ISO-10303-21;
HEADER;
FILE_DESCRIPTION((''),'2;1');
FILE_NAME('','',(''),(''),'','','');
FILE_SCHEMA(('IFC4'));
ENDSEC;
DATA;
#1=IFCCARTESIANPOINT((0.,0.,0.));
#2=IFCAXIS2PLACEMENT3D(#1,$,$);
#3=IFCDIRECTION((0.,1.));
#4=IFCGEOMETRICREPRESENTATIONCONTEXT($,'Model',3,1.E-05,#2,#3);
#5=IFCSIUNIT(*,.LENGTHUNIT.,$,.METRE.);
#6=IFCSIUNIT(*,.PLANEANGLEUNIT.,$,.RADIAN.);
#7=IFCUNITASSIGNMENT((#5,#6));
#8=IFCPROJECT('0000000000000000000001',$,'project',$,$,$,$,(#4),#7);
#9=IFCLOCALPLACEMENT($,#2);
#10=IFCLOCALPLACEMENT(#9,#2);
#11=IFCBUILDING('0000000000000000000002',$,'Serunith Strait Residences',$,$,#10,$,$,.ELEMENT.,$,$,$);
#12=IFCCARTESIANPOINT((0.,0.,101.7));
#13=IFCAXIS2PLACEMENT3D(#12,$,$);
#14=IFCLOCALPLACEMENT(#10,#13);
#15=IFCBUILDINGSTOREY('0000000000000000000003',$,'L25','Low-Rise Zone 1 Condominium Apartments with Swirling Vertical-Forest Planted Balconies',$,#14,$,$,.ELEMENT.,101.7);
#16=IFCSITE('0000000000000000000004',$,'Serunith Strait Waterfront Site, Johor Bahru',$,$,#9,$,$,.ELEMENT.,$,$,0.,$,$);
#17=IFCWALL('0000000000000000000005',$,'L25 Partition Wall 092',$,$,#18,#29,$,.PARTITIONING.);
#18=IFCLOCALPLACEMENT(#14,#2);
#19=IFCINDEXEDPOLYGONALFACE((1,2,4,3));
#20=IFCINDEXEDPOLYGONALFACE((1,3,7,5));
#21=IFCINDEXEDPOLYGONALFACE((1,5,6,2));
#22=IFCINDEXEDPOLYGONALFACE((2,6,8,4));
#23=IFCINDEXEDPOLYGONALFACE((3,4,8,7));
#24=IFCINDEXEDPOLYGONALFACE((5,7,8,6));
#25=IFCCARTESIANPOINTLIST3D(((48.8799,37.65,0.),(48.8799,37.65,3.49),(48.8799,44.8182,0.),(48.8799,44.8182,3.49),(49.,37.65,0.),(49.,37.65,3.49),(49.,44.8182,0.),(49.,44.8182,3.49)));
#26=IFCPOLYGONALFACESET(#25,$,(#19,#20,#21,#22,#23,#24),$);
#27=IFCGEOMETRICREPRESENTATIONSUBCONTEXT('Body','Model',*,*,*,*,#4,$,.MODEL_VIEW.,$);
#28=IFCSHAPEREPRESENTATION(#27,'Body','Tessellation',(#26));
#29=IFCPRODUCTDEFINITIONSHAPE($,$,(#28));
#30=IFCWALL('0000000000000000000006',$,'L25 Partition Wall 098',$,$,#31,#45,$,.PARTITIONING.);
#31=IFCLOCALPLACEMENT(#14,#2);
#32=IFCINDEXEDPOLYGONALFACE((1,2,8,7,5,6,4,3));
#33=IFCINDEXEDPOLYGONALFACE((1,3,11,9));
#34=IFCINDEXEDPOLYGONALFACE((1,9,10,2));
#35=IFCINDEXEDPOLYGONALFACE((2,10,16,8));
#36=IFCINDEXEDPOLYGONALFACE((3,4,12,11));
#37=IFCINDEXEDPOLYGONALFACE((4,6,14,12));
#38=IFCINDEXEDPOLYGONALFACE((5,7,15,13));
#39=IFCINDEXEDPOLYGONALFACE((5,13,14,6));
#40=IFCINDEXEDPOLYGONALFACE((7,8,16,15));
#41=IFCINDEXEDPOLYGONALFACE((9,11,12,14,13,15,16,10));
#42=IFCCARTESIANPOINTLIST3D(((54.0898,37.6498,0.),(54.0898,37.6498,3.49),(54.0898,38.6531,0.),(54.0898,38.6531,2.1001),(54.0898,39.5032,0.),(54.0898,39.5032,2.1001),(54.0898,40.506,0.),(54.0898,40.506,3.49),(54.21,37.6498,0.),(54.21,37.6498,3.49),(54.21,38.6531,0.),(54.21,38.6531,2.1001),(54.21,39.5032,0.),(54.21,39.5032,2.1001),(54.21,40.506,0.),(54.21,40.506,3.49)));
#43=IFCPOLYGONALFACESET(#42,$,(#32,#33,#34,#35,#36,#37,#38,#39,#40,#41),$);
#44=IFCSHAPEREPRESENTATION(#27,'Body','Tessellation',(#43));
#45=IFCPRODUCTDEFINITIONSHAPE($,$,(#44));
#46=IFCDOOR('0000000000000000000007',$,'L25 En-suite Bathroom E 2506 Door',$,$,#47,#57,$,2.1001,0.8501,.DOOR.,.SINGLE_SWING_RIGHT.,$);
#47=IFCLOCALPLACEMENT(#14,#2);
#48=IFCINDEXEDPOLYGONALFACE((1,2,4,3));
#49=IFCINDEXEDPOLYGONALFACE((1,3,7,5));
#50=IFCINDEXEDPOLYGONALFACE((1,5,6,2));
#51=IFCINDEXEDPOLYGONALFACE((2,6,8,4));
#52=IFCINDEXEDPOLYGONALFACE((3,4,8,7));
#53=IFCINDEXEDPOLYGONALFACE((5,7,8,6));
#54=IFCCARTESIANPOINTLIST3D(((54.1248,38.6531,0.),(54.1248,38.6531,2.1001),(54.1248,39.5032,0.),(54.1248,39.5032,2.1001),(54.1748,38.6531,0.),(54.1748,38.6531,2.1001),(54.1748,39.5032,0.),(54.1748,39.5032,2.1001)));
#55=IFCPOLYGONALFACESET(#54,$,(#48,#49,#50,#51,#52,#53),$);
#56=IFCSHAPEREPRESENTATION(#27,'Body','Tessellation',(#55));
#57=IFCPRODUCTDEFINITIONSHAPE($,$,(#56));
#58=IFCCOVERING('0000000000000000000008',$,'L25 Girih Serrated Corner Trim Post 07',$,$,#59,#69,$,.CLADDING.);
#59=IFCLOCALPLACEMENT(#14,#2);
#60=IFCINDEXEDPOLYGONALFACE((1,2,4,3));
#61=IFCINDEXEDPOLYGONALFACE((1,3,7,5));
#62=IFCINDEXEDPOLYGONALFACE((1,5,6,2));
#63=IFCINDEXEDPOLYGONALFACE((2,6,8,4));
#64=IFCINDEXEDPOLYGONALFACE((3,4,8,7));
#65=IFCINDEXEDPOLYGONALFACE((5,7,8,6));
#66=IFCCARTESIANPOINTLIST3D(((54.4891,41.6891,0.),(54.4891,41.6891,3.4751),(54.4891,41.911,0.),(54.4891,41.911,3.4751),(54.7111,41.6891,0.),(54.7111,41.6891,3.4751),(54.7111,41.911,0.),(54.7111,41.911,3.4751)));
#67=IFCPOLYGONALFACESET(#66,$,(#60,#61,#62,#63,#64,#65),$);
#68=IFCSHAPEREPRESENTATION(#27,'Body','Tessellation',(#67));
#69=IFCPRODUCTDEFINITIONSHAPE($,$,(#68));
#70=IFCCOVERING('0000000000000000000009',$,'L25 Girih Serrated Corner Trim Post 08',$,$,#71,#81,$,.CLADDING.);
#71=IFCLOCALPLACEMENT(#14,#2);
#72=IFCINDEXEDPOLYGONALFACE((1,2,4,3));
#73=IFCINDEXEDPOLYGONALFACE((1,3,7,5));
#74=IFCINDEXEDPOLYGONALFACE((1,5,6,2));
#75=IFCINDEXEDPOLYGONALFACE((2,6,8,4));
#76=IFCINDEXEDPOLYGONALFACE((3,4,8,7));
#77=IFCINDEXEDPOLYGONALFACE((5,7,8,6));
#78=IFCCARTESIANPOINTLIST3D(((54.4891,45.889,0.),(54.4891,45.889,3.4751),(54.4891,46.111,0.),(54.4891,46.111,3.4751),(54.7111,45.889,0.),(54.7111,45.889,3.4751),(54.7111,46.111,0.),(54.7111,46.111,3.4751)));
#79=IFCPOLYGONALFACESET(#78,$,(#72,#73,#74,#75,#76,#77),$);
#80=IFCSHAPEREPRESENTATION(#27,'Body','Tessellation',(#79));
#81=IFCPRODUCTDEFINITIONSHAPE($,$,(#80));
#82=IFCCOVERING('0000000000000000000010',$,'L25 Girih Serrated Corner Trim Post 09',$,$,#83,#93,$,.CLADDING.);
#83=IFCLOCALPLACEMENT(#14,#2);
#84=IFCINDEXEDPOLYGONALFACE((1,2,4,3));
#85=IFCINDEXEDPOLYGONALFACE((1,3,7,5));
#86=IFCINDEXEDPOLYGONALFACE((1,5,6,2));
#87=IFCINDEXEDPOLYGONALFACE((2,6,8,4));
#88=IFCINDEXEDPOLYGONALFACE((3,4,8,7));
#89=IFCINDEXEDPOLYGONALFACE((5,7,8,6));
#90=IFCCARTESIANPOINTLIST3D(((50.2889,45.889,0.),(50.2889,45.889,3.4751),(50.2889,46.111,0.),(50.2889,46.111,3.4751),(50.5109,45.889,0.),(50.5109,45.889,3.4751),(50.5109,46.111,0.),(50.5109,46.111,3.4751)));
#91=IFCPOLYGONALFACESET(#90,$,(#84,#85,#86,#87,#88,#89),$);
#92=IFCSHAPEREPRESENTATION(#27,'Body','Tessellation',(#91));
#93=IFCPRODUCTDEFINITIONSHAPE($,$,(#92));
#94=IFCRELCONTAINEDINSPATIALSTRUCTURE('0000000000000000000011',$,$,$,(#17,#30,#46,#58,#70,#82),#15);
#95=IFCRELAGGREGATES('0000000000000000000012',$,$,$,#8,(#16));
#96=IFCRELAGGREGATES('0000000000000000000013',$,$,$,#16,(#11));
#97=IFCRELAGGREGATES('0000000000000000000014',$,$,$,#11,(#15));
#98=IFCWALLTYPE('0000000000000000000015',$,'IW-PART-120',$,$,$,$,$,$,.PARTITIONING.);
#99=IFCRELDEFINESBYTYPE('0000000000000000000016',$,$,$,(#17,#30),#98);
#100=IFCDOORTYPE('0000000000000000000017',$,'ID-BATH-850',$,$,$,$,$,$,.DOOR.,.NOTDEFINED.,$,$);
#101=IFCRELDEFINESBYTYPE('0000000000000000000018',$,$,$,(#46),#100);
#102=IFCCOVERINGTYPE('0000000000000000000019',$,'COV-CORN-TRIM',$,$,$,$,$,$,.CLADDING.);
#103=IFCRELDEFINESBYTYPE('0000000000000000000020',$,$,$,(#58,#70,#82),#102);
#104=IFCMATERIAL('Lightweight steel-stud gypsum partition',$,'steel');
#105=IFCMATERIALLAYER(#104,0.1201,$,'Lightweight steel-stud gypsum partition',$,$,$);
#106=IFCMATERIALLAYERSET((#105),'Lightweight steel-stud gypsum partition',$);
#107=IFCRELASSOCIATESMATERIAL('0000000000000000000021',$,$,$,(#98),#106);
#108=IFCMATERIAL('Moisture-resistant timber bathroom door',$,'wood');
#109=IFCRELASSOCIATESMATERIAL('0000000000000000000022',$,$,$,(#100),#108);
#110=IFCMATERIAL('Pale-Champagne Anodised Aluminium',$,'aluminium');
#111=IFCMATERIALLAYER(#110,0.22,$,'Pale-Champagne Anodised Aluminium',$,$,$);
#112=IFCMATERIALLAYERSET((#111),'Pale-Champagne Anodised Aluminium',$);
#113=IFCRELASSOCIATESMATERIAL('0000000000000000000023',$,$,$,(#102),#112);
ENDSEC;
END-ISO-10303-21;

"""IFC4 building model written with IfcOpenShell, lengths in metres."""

from ifc_helpers import new_model, si_unit, direction, frame, frame_2d, origin, origin_2d, place, context, subcontext, project, spatial, rectangle, extrude, source, transform, mapped, material, layer, layer_set, type_object, element, fill, save


model = new_model("IFC4")

# Units and contexts
model_context = context("Model", 3, precision=1e-05, world=origin(), true_north=direction((0.0, 1.0)))
body_context = subcontext(model_context, "Body", "Model", "MODEL_VIEW")
ifc_project = project(units=[si_unit("LENGTHUNIT", "METRE"), si_unit("PLANEANGLEUNIT", "RADIAN")], contexts=[model_context])

# Site, building, storey
site_placement = place(None, origin())
site = spatial("IfcSite", under=ifc_project, at=site_placement, Name="Serunith Strait Waterfront Site, Johor Bahru", CompositionType="ELEMENT", RefElevation=0.0)
building_placement = place(site_placement, origin())
building = spatial("IfcBuilding", under=site, at=building_placement, Name="Serunith Strait Residences", CompositionType="ELEMENT")
storey_placement = place(building_placement, frame((0.0, 0.0, 101.7)))
storey = spatial("IfcBuildingStorey", under=building, at=storey_placement, Name="L25", Description="Low-Rise Zone 1 Condominium Apartments with Swirling Vertical-Forest Planted Balconies", CompositionType="ELEMENT", Elevation=101.7)

# Shared definitions
ifc_material_1 = material(Name="Pale-Champagne Anodised Aluminium", Category="aluminium")

# Shared definitions
ifc_material_2 = material(Name="Lightweight steel-stud gypsum partition", Category="steel")
ifc_layer_1 = layer(ifc_material_2, 0.1201, Name="Lightweight steel-stud gypsum partition")
ifc_layer_set_1 = layer_set([ifc_layer_1], Name="Lightweight steel-stud gypsum partition")
wall_type_1 = type_object("IfcWallType", Name="IW-PART-120", PredefinedType="PARTITIONING", material=ifc_layer_set_1)

# Wall
wall_1_placement = place(storey_placement, frame((48.9399, 44.8181, 0.0), z_axis=(0.0, 0.0, 1.0), x_axis=(0.0, -1.0, 0.0)))
element("IfcWall", 1, at=wall_1_placement, inside=storey, type_object=wall_type_1, Name="L25 Partition Wall 092", PredefinedType="PARTITIONING", context=body_context, shape_type="SweptSolid", body=[
    extrude(rectangle(XDim=7.1682, YDim=0.1201, at=frame_2d((3.584, 0.0))), origin(), (0.0, 0.0, 1.0), 3.49),
])

# Wall, opening, door
wall_2_placement = place(storey_placement, frame((54.1499, 40.5061, 0.0), z_axis=(0.0, 0.0, 1.0), x_axis=(0.0, -1.0, 0.0)))
wall_2 = element("IfcWall", 2, at=wall_2_placement, inside=storey, type_object=wall_type_1, Name="L25 Partition Wall 098", PredefinedType="PARTITIONING", context=body_context, shape_type="SweptSolid", body=[
    extrude(rectangle(XDim=2.8562, YDim=0.1201, at=frame_2d((1.4282, 0.0))), origin(), (0.0, 0.0, 1.0), 3.49),
])
opening_1_placement = place(wall_2_placement, frame((1.0029, 0.0, 0.0)))
opening_1 = element("IfcOpeningElement", 3, at=opening_1_placement, cuts=wall_2, PredefinedType="OPENING", context=body_context, shape_type="SweptSolid", body=[
    extrude(rectangle(XDim=0.8501, YDim=2.1001, at=frame_2d((0.425, 1.05))), frame((0.0, 0.0701, 0.0), z_axis=(0.0, -1.0, 0.0), x_axis=(1.0, 0.0, 0.0)), (0.0, 0.0, 1.0), 0.1401),
])
ifc_material_3 = material(Name="Moisture-resistant timber bathroom door", Category="wood")
door_type_1 = type_object("IfcDoorType", Name="ID-BATH-850", OperationType="NOTDEFINED", PredefinedType="DOOR", material=ifc_material_3)
shared_shape_1 = source(origin(), body_context, "Body", "SweptSolid", [
    extrude(rectangle(XDim=0.8501, YDim=2.1001, at=frame_2d((0.425, 1.05))), frame((0.0, 0.0249, 0.0), z_axis=(0.0, -1.0, 0.0), x_axis=(1.0, 0.0, 0.0)), (0.0, 0.0, 1.0), 0.05),
])
door_1_placement = place(opening_1_placement, origin())
door_1 = element("IfcDoor", 4, at=door_1_placement, inside=storey, type_object=door_type_1, Name="L25 En-suite Bathroom E 2506 Door", OperationType="SINGLE_SWING_RIGHT", OverallHeight=2.1001, OverallWidth=0.8501, PredefinedType="DOOR", context=body_context, shape_type="MappedRepresentation", body=[
    mapped(shared_shape_1, transform((0.0, 0.0, 0.0), scale=1.0)),
])
fill(opening_1, door_1)

# Coverings
ifc_layer_2 = layer(ifc_material_1, 0.22, Name="Pale-Champagne Anodised Aluminium")
ifc_layer_set_2 = layer_set([ifc_layer_2], Name="Pale-Champagne Anodised Aluminium")
covering_type = type_object("IfcCoveringType", Name="COV-CORN-TRIM", PredefinedType="CLADDING", material=ifc_layer_set_2)
shared_shape_2 = source(origin(), body_context, "Body", "SweptSolid", [
    extrude(rectangle(XDim=0.2219, YDim=0.2219, at=origin_2d()), origin(), (0.0, 0.0, 1.0), 3.4751),
])
for number, where, z_axis, x_axis, name in (
    (5, (54.6001, 41.8, 0.0), (0.0, 0.0, 1.0), (1.0, 0.0, 0.0), "L25 Girih Serrated Corner Trim Post 07"),
    (6, (54.6001, 46.0, 0.0), (0.0, 0.0, 1.0), (1.0, 0.0, 0.0), "L25 Girih Serrated Corner Trim Post 08"),
    (7, (50.3999, 46.0, 0.0), (0.0, 0.0, 1.0), (1.0, 0.0, 0.0), "L25 Girih Serrated Corner Trim Post 09"),
):
    element("IfcCovering", number, at=place(storey_placement, frame(where, z_axis=z_axis, x_axis=x_axis)), inside=storey, type_object=covering_type, Name=name, PredefinedType="CLADDING", context=body_context, shape_type="MappedRepresentation", body=[
        mapped(shared_shape_2, transform((0.0, 0.0, 0.0), scale=1.0)),
    ])

save(model, "model.ifc")
